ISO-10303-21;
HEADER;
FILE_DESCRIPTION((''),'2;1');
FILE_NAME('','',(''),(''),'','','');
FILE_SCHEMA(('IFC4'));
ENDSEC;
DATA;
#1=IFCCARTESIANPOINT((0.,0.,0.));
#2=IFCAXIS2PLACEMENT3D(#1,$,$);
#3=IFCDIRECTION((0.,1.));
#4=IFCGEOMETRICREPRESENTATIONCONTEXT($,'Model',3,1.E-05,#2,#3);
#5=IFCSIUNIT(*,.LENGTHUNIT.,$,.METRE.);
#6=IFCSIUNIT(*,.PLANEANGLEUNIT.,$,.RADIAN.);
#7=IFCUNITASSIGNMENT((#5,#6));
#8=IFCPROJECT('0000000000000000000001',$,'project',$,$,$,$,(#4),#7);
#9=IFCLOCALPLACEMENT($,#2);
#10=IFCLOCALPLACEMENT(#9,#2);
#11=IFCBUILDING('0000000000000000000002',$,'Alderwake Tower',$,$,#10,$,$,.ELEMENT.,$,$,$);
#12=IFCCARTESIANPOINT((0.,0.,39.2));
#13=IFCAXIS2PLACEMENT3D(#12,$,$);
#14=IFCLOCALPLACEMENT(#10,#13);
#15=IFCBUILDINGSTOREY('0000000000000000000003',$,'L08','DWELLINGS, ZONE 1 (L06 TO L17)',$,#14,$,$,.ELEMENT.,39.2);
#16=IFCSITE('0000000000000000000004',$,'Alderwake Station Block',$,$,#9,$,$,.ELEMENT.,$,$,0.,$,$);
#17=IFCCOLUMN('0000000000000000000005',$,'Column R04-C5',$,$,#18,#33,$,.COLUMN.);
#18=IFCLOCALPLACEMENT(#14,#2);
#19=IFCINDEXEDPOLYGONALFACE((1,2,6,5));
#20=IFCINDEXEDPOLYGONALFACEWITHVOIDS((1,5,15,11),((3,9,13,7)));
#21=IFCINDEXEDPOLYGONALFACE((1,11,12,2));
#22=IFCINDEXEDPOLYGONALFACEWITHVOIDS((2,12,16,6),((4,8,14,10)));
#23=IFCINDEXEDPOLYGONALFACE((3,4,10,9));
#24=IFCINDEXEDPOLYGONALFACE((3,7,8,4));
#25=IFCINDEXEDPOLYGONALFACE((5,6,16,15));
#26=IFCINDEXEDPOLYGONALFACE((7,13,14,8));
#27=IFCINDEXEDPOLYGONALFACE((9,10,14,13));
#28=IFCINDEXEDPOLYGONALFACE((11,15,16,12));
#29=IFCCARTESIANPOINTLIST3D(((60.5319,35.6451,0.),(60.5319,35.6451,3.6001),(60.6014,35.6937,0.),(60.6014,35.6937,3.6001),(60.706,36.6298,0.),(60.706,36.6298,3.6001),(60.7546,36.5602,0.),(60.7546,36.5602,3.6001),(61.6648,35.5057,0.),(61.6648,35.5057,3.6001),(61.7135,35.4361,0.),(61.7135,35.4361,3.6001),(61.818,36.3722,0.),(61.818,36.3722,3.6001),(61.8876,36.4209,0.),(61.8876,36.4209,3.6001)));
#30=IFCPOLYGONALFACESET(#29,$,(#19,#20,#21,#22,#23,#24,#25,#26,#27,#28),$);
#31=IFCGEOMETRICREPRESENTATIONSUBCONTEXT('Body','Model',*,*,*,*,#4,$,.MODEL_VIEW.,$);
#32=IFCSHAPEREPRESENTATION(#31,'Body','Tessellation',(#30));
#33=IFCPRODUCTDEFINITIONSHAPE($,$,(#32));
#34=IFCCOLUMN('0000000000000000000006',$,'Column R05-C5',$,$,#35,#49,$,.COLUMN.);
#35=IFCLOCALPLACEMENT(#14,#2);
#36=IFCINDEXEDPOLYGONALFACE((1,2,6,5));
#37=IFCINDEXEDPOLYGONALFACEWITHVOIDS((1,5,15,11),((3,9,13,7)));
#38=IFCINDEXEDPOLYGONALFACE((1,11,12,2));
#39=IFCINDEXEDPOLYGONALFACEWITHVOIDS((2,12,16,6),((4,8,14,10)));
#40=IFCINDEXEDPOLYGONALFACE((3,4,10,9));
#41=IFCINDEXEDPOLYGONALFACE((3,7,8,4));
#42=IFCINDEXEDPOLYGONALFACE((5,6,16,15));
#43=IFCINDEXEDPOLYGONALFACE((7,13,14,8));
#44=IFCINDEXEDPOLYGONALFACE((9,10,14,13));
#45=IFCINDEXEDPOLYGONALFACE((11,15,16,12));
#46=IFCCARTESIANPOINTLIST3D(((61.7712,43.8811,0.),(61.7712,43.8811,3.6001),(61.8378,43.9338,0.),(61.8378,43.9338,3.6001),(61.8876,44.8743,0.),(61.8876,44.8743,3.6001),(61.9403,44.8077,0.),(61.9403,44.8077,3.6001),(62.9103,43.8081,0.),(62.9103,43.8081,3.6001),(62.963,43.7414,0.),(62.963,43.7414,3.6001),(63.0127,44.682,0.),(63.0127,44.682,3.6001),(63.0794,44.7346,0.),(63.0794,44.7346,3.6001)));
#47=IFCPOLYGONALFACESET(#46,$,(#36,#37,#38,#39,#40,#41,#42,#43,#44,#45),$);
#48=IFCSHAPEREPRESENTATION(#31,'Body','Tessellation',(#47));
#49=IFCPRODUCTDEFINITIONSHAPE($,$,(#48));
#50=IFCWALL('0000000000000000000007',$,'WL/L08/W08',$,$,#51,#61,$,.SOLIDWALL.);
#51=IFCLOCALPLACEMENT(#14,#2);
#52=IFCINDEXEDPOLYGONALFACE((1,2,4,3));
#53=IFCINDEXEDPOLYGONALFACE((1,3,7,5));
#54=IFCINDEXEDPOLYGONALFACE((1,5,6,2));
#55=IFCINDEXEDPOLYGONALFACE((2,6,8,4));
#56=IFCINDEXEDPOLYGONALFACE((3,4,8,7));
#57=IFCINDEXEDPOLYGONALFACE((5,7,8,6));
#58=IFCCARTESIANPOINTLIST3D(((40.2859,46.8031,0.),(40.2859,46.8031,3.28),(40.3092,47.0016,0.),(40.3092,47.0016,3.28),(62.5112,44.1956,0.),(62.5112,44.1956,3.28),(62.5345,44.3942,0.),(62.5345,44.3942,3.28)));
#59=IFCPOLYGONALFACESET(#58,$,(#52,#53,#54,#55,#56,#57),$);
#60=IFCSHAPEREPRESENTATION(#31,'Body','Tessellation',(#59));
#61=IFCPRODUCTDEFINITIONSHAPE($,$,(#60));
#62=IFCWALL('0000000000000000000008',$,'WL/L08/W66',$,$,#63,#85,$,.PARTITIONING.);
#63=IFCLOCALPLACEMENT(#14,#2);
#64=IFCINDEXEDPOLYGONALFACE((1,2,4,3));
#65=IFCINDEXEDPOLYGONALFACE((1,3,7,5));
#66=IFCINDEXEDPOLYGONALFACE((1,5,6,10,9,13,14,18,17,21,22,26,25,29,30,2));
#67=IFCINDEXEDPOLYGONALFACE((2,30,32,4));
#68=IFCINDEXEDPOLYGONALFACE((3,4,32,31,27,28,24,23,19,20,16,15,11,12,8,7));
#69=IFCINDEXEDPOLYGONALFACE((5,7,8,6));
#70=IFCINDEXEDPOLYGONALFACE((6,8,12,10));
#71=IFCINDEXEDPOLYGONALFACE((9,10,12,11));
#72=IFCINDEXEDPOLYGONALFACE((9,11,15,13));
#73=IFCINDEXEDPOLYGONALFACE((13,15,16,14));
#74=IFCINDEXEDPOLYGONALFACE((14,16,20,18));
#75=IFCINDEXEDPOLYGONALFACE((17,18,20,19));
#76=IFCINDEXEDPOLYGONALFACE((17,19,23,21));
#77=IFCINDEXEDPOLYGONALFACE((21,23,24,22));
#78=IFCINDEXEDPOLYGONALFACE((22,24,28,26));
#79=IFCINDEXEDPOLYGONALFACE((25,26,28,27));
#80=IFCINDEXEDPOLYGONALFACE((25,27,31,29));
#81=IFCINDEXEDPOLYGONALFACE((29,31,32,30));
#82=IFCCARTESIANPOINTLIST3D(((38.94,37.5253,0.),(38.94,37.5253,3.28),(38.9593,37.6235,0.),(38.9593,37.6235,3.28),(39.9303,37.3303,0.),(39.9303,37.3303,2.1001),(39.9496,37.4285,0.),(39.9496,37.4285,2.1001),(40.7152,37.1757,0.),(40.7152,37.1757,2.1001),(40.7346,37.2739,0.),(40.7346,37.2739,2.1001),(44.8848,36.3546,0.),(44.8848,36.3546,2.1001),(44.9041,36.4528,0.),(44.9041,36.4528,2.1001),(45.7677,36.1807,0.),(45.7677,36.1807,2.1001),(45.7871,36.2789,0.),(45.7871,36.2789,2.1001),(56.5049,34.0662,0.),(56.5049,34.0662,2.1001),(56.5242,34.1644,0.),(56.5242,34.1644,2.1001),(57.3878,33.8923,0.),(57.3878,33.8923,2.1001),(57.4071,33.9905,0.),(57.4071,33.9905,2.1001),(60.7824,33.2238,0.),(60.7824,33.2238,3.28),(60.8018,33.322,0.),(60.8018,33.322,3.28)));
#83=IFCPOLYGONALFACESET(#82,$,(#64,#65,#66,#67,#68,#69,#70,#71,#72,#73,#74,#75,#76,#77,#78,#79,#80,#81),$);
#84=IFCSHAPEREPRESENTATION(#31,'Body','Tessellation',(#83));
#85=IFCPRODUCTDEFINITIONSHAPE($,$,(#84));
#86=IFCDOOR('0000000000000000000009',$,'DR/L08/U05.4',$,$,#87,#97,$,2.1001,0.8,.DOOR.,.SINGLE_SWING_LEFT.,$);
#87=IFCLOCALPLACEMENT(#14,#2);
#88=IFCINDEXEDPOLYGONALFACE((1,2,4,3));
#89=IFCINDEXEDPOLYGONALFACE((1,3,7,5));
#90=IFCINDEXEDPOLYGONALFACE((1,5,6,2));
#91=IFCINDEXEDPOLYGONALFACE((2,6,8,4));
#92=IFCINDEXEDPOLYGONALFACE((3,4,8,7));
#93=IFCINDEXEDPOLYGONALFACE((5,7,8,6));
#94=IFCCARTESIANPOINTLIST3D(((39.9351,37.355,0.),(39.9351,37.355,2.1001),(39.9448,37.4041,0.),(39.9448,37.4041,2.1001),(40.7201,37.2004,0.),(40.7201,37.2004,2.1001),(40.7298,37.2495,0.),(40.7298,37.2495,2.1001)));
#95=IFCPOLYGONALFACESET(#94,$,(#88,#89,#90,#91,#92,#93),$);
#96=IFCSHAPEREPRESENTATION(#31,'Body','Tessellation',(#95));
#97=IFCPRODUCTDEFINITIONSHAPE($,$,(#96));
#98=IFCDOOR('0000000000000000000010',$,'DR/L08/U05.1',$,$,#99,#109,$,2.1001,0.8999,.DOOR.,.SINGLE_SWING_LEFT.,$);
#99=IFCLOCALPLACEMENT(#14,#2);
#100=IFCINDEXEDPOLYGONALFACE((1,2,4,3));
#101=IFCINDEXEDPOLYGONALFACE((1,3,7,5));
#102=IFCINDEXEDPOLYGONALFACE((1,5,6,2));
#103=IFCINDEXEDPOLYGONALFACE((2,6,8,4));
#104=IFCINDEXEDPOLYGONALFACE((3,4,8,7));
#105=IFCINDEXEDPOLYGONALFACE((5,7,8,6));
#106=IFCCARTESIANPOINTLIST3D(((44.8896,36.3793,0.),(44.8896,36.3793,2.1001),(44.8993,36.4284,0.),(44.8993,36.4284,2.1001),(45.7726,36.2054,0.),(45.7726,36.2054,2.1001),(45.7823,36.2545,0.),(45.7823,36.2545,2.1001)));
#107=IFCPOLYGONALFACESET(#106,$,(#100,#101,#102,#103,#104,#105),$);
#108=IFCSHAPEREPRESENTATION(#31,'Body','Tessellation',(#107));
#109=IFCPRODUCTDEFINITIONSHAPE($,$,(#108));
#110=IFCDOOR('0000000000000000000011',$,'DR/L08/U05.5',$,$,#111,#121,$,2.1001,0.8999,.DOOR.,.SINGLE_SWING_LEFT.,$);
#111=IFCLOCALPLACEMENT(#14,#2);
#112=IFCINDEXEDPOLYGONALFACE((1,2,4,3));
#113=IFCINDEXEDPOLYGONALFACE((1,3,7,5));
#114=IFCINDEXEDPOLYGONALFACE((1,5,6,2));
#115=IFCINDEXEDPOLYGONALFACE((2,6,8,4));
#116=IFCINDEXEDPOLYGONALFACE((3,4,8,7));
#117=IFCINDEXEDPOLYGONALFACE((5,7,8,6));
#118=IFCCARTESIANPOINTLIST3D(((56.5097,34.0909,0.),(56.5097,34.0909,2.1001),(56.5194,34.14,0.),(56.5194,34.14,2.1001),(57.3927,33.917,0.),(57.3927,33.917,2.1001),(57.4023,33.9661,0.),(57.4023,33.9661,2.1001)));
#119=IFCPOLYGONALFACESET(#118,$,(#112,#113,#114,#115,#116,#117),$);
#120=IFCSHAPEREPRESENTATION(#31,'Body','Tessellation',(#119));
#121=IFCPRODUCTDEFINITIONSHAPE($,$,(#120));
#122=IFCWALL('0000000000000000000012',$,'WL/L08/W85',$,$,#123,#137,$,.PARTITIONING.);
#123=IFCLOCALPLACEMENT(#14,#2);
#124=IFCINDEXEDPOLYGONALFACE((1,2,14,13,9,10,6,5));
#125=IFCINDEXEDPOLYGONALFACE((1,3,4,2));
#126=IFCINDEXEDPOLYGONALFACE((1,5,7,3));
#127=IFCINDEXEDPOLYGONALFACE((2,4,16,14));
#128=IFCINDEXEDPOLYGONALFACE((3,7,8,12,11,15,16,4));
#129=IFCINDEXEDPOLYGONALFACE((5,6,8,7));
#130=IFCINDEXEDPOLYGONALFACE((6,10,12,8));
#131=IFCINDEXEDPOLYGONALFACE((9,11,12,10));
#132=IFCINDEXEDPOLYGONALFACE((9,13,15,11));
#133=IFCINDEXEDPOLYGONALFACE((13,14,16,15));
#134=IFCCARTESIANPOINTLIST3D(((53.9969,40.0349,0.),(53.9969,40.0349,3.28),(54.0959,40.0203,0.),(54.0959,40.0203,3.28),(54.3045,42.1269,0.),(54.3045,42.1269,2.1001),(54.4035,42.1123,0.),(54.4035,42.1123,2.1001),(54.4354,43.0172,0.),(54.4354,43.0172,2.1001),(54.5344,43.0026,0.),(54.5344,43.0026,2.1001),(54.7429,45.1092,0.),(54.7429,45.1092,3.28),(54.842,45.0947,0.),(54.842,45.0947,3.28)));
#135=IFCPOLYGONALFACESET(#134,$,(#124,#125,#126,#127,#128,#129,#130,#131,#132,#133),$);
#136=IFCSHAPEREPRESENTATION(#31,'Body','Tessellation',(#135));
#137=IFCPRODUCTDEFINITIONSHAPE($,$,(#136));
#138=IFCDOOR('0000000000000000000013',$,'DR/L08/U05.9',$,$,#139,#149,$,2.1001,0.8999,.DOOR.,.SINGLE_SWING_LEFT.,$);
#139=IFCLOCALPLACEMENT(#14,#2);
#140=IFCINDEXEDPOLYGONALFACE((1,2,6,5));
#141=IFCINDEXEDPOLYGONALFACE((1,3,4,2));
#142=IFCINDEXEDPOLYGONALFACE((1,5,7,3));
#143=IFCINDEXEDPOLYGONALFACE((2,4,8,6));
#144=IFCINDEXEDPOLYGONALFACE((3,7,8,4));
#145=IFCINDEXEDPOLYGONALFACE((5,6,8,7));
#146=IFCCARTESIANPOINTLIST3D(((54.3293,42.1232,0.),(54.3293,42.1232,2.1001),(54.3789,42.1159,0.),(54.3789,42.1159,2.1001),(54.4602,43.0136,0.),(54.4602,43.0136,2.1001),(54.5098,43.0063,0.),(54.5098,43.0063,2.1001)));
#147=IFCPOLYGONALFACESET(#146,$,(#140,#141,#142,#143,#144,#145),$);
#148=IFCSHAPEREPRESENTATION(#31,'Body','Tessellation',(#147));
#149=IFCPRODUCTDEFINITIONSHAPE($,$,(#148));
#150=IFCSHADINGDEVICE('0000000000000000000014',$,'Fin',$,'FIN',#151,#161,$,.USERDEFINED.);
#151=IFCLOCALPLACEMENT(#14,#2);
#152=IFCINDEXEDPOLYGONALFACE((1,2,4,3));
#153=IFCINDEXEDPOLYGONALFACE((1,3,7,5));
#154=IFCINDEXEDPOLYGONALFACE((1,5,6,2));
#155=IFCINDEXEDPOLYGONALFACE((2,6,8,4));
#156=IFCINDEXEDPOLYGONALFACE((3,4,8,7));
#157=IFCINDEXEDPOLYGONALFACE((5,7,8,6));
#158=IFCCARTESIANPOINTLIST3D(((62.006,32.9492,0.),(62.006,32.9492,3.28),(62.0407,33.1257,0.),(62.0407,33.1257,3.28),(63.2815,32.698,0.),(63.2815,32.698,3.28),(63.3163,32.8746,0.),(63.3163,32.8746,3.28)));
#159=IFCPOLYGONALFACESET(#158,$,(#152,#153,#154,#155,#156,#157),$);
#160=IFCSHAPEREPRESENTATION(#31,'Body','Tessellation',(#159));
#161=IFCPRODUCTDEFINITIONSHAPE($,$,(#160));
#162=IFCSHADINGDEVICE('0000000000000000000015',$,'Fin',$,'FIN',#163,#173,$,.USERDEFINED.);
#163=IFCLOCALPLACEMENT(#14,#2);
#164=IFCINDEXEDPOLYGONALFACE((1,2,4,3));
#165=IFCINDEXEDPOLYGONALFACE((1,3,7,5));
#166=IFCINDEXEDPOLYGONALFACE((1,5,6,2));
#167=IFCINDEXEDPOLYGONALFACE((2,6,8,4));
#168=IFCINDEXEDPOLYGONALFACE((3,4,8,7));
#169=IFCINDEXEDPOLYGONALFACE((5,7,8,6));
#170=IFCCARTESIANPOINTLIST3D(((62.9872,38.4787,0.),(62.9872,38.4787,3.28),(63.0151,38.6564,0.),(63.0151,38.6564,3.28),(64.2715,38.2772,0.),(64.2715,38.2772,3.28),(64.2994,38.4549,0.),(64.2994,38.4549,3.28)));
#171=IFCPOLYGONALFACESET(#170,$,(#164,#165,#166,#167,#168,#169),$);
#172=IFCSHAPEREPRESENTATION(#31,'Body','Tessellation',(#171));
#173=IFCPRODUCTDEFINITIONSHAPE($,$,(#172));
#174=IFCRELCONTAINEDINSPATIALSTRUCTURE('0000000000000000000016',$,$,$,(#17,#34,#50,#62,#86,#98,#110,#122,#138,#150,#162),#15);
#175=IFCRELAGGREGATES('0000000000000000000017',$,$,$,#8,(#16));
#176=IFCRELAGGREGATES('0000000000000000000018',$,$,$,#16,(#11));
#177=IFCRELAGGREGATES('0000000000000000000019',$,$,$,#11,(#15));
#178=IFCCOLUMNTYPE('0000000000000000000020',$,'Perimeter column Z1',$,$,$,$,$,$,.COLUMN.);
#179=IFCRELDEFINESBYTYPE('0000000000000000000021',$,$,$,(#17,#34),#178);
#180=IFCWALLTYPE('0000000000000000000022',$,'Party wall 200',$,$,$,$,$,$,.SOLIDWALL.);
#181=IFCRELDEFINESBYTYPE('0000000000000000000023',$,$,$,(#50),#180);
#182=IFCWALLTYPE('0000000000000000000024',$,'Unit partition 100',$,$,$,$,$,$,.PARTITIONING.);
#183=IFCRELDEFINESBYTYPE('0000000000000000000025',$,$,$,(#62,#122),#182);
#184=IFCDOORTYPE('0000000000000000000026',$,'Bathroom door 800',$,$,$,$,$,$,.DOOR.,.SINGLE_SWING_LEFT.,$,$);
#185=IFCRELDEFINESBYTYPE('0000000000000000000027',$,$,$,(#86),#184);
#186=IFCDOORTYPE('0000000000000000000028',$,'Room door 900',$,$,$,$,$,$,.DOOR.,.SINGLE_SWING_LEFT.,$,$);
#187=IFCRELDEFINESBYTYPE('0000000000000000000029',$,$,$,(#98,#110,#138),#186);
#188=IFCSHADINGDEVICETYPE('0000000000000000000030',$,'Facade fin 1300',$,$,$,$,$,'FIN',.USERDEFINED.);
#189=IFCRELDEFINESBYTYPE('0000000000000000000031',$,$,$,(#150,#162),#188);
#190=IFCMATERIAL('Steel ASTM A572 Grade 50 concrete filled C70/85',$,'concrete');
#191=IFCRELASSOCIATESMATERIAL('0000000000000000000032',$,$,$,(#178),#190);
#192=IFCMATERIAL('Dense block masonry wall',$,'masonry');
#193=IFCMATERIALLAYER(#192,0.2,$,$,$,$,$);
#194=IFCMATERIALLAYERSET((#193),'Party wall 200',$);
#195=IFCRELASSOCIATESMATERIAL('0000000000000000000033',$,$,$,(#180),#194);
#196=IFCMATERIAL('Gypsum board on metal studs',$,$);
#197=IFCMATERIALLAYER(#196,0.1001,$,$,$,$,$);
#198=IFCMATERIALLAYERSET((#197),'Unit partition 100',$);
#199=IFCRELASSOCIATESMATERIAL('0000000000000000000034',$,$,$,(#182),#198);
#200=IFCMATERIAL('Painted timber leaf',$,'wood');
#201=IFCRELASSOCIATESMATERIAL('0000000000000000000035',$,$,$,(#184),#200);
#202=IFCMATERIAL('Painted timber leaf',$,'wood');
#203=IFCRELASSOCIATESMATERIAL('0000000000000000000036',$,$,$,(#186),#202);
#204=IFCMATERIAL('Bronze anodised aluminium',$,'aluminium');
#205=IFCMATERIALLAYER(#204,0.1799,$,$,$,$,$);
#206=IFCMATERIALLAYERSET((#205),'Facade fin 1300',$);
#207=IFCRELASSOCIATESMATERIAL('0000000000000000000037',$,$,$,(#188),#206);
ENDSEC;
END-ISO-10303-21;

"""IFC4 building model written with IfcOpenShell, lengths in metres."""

from ifc_helpers import new_model, si_unit, direction, frame, frame_2d, origin, origin_2d, place, context, subcontext, project, spatial, rectangle, hollow_rectangle, extrude, material, layer, layer_set, material_profile, profile_set, type_object, element, fill, save


model = new_model("IFC4")

# Units and contexts
model_context = context("Model", 3, precision=1e-05, world=origin(), true_north=direction((0.0, 1.0)))
body_context = subcontext(model_context, "Body", "Model", "MODEL_VIEW")
ifc_project = project(units=[si_unit("LENGTHUNIT", "METRE"), si_unit("PLANEANGLEUNIT", "RADIAN")], contexts=[model_context])

# Site, building, storey
site_placement = place(None, origin())
site = spatial("IfcSite", under=ifc_project, at=site_placement, Name="Alderwake Station Block", CompositionType="ELEMENT", RefElevation=0.0)
building_placement = place(site_placement, origin())
building = spatial("IfcBuilding", under=site, at=building_placement, Name="Alderwake Tower", CompositionType="ELEMENT")
storey_placement = place(building_placement, frame((0.0, 0.0, 39.2)))
storey = spatial("IfcBuildingStorey", under=building, at=storey_placement, Name="L08", Description="DWELLINGS, ZONE 1 (L06 TO L17)", CompositionType="ELEMENT", Elevation=39.2)

# Columns
ifc_material_1 = material(Name="Steel ASTM A572 Grade 50 concrete filled C70/85", Category="concrete")
ifc_material_profile = material_profile(ifc_material_1, hollow_rectangle(XDim=1.0, YDim=1.2, WallThickness=0.0601, at=origin_2d()), Name="BOX 1200X1000X60")
ifc_profile_set = profile_set([ifc_material_profile], Name="Steel ASTM A572 Grade 50 concrete filled C70/85")
column_type = type_object("IfcColumnType", Name="Perimeter column Z1", PredefinedType="COLUMN", material=ifc_profile_set)
for number, where, z_axis, x_axis, name in (
    (1, (61.2097, 36.033, 0.0), (0.0, 0.0, 1.0), (0.174109, 0.984726, 0.0), "Column R04-C5"),
    (2, (62.4253, 44.3079, 0.0), (0.0, 0.0, 1.0), (0.116402, 0.993202, 0.0), "Column R05-C5"),
):
    element("IfcColumn", number, at=place(storey_placement, frame(where, z_axis=z_axis, x_axis=x_axis)), inside=storey, type_object=column_type, Name=name, PredefinedType="COLUMN", context=body_context, shape_type="SweptSolid", body=[
        extrude(hollow_rectangle(XDim=1.0, YDim=1.2, WallThickness=0.0601, at=origin_2d()), origin(), (0.0, 0.0, 1.0), 3.6001),
    ])

# Wall
ifc_material_2 = material(Name="Dense block masonry wall", Category="masonry")
ifc_layer_1 = layer(ifc_material_2, 0.2)
ifc_layer_set_1 = layer_set([ifc_layer_1], Name="Party wall 200")
wall_type_1 = type_object("IfcWallType", Name="Party wall 200", PredefinedType="SOLIDWALL", material=ifc_layer_set_1)
wall_1_placement = place(storey_placement, frame((62.5229, 44.2949, 0.0), z_axis=(0.0, 0.0, 1.0), x_axis=(-0.993189, 0.116518, 0.0)))
element("IfcWall", 3, at=wall_1_placement, inside=storey, type_object=wall_type_1, Name="WL/L08/W08", PredefinedType="SOLIDWALL", context=body_context, shape_type="SweptSolid", body=[
    extrude(rectangle(XDim=22.3777, YDim=0.2, at=frame_2d((11.189, 0.0))), origin(), (0.0, 0.0, 1.0), 3.28),
])

# Wall, openings, doors
ifc_material_3 = material(Name="Gypsum board on metal studs")
ifc_layer_2 = layer(ifc_material_3, 0.1001)
ifc_layer_set_2 = layer_set([ifc_layer_2], Name="Unit partition 100")
wall_type_2 = type_object("IfcWallType", Name="Unit partition 100", PredefinedType="PARTITIONING", material=ifc_layer_set_2)
wall_2_placement = place(storey_placement, frame((60.792, 33.2729, 0.0), z_axis=(0.0, 0.0, 1.0), x_axis=(-0.981155, 0.193222, 0.0)))
wall_2 = element("IfcWall", 4, at=wall_2_placement, inside=storey, type_object=wall_type_2, Name="WL/L08/W66", PredefinedType="PARTITIONING", context=body_context, shape_type="SweptSolid", body=[
    extrude(rectangle(XDim=22.262, YDim=0.1001, at=frame_2d((11.1309, 0.0))), origin(), (0.0, 0.0, 1.0), 3.28),
])
opening_1_placement = place(wall_2_placement, frame((15.303, 0.0, 0.0)))
opening_1 = element("IfcOpeningElement", 5, at=opening_1_placement, cuts=wall_2, PredefinedType="OPENING", context=body_context, shape_type="SweptSolid", body=[
    extrude(rectangle(XDim=0.8999, YDim=2.1001, at=frame_2d((0.45, 1.05))), frame((0.0, 0.0601, 0.0), z_axis=(0.0, -1.0, 0.0), x_axis=(1.0, 0.0, 0.0)), (0.0, 0.0, 1.0), 0.1201),
])
opening_2_placement = place(wall_2_placement, frame((20.4526, 0.0, 0.0)))
opening_2 = element("IfcOpeningElement", 6, at=opening_2_placement, cuts=wall_2, PredefinedType="OPENING", context=body_context, shape_type="SweptSolid", body=[
    extrude(rectangle(XDim=0.8, YDim=2.1001, at=frame_2d((0.3999, 1.05))), frame((0.0, 0.0601, 0.0), z_axis=(0.0, -1.0, 0.0), x_axis=(1.0, 0.0, 0.0)), (0.0, 0.0, 1.0), 0.1201),
])
opening_3_placement = place(wall_2_placement, frame((3.4597, 0.0, 0.0)))
opening_3 = element("IfcOpeningElement", 7, at=opening_3_placement, cuts=wall_2, PredefinedType="OPENING", context=body_context, shape_type="SweptSolid", body=[
    extrude(rectangle(XDim=0.8999, YDim=2.1001, at=frame_2d((0.45, 1.05))), frame((0.0, 0.0601, 0.0), z_axis=(0.0, -1.0, 0.0), x_axis=(1.0, 0.0, 0.0)), (0.0, 0.0, 1.0), 0.1201),
])
ifc_material_4 = material(Name="Painted timber leaf", Category="wood")
door_type_1 = type_object("IfcDoorType", Name="Bathroom door 800", OperationType="SINGLE_SWING_LEFT", PredefinedType="DOOR", material=ifc_material_4)
door_1_placement = place(opening_2_placement, origin())
door_1 = element("IfcDoor", 8, at=door_1_placement, inside=storey, type_object=door_type_1, Name="DR/L08/U05.4", OperationType="SINGLE_SWING_LEFT", OverallHeight=2.1001, OverallWidth=0.8, PredefinedType="DOOR", context=body_context, shape_type="SweptSolid", body=[
    extrude(rectangle(XDim=0.8, YDim=2.1001, at=frame_2d((0.3999, 1.05))), frame((0.0, 0.0249, 0.0), z_axis=(0.0, -1.0, 0.0), x_axis=(1.0, 0.0, 0.0)), (0.0, 0.0, 1.0), 0.05),
])
fill(opening_2, door_1)
ifc_material_5 = material(Name="Painted timber leaf", Category="wood")
door_type_2 = type_object("IfcDoorType", Name="Room door 900", OperationType="SINGLE_SWING_LEFT", PredefinedType="DOOR", material=ifc_material_5)
door_2_placement = place(opening_1_placement, origin())
door_2 = element("IfcDoor", 9, at=door_2_placement, inside=storey, type_object=door_type_2, Name="DR/L08/U05.1", OperationType="SINGLE_SWING_LEFT", OverallHeight=2.1001, OverallWidth=0.8999, PredefinedType="DOOR", context=body_context, shape_type="SweptSolid", body=[
    extrude(rectangle(XDim=0.8999, YDim=2.1001, at=frame_2d((0.45, 1.05))), frame((0.0, 0.0249, 0.0), z_axis=(0.0, -1.0, 0.0), x_axis=(1.0, 0.0, 0.0)), (0.0, 0.0, 1.0), 0.05),
])
fill(opening_1, door_2)
door_3_placement = place(opening_3_placement, origin())
door_3 = element("IfcDoor", 10, at=door_3_placement, inside=storey, type_object=door_type_2, Name="DR/L08/U05.5", OperationType="SINGLE_SWING_LEFT", OverallHeight=2.1001, OverallWidth=0.8999, PredefinedType="DOOR", context=body_context, shape_type="SweptSolid", body=[
    extrude(rectangle(XDim=0.8999, YDim=2.1001, at=frame_2d((0.45, 1.05))), frame((0.0, 0.0249, 0.0), z_axis=(0.0, -1.0, 0.0), x_axis=(1.0, 0.0, 0.0)), (0.0, 0.0, 1.0), 0.05),
])
fill(opening_3, door_3)

# Wall, opening, door
wall_3_placement = place(storey_placement, frame((54.0464, 40.0276, 0.0), z_axis=(0.0, 0.0, 1.0), x_axis=(0.145465, 0.989363, 0.0)))
wall_3 = element("IfcWall", 11, at=wall_3_placement, inside=storey, type_object=wall_type_2, Name="WL/L08/W85", PredefinedType="PARTITIONING", context=body_context, shape_type="SweptSolid", body=[
    extrude(rectangle(XDim=5.1289, YDim=0.1001, at=frame_2d((2.5645, 0.0))), origin(), (0.0, 0.0, 1.0), 3.28),
])
opening_4_placement = place(wall_3_placement, frame((2.1145, 0.0, 0.0)))
opening_4 = element("IfcOpeningElement", 12, at=opening_4_placement, cuts=wall_3, PredefinedType="OPENING", context=body_context, shape_type="SweptSolid", body=[
    extrude(rectangle(XDim=0.8999, YDim=2.1001, at=frame_2d((0.45, 1.05))), frame((0.0, 0.0601, 0.0), z_axis=(0.0, -1.0, 0.0), x_axis=(1.0, 0.0, 0.0)), (0.0, 0.0, 1.0), 0.1201),
])
door_4_placement = place(opening_4_placement, origin())
door_4 = element("IfcDoor", 13, at=door_4_placement, inside=storey, type_object=door_type_2, Name="DR/L08/U05.9", OperationType="SINGLE_SWING_LEFT", OverallHeight=2.1001, OverallWidth=0.8999, PredefinedType="DOOR", context=body_context, shape_type="SweptSolid", body=[
    extrude(rectangle(XDim=0.8999, YDim=2.1001, at=frame_2d((0.45, 1.05))), frame((0.0, 0.0249, 0.0), z_axis=(0.0, -1.0, 0.0), x_axis=(1.0, 0.0, 0.0)), (0.0, 0.0, 1.0), 0.05),
])
fill(opening_4, door_4)

# Shading devices
ifc_material_6 = material(Name="Bronze anodised aluminium", Category="aluminium")
ifc_layer_3 = layer(ifc_material_6, 0.1799)
ifc_layer_set_3 = layer_set([ifc_layer_3], Name="Facade fin 1300")
shading_device_type_1 = type_object("IfcShadingDeviceType", Name="Facade fin 1300", ElementType="FIN", PredefinedType="USERDEFINED", material=ifc_layer_set_3)
for number, where, z_axis, x_axis, name in (
    (14, (62.6611, 32.9119, 0.0), (0.0, 0.0, 1.0), (0.981164, -0.193178, 0.0), "Fin"),
    (15, (63.6433, 38.4668, 0.0), (0.0, 0.0, 1.0), (0.987919, -0.154972, 0.0), "Fin"),
):
    element("IfcShadingDevice", number, at=place(storey_placement, frame(where, z_axis=z_axis, x_axis=x_axis)), inside=storey, type_object=shading_device_type_1, Name=name, ObjectType="FIN", PredefinedType="USERDEFINED", context=body_context, shape_type="SweptSolid", body=[
        extrude(rectangle(XDim=1.3, YDim=0.1799, at=origin_2d()), origin(), (0.0, 0.0, 1.0), 3.28),
    ])

save(model, "model.ifc")
